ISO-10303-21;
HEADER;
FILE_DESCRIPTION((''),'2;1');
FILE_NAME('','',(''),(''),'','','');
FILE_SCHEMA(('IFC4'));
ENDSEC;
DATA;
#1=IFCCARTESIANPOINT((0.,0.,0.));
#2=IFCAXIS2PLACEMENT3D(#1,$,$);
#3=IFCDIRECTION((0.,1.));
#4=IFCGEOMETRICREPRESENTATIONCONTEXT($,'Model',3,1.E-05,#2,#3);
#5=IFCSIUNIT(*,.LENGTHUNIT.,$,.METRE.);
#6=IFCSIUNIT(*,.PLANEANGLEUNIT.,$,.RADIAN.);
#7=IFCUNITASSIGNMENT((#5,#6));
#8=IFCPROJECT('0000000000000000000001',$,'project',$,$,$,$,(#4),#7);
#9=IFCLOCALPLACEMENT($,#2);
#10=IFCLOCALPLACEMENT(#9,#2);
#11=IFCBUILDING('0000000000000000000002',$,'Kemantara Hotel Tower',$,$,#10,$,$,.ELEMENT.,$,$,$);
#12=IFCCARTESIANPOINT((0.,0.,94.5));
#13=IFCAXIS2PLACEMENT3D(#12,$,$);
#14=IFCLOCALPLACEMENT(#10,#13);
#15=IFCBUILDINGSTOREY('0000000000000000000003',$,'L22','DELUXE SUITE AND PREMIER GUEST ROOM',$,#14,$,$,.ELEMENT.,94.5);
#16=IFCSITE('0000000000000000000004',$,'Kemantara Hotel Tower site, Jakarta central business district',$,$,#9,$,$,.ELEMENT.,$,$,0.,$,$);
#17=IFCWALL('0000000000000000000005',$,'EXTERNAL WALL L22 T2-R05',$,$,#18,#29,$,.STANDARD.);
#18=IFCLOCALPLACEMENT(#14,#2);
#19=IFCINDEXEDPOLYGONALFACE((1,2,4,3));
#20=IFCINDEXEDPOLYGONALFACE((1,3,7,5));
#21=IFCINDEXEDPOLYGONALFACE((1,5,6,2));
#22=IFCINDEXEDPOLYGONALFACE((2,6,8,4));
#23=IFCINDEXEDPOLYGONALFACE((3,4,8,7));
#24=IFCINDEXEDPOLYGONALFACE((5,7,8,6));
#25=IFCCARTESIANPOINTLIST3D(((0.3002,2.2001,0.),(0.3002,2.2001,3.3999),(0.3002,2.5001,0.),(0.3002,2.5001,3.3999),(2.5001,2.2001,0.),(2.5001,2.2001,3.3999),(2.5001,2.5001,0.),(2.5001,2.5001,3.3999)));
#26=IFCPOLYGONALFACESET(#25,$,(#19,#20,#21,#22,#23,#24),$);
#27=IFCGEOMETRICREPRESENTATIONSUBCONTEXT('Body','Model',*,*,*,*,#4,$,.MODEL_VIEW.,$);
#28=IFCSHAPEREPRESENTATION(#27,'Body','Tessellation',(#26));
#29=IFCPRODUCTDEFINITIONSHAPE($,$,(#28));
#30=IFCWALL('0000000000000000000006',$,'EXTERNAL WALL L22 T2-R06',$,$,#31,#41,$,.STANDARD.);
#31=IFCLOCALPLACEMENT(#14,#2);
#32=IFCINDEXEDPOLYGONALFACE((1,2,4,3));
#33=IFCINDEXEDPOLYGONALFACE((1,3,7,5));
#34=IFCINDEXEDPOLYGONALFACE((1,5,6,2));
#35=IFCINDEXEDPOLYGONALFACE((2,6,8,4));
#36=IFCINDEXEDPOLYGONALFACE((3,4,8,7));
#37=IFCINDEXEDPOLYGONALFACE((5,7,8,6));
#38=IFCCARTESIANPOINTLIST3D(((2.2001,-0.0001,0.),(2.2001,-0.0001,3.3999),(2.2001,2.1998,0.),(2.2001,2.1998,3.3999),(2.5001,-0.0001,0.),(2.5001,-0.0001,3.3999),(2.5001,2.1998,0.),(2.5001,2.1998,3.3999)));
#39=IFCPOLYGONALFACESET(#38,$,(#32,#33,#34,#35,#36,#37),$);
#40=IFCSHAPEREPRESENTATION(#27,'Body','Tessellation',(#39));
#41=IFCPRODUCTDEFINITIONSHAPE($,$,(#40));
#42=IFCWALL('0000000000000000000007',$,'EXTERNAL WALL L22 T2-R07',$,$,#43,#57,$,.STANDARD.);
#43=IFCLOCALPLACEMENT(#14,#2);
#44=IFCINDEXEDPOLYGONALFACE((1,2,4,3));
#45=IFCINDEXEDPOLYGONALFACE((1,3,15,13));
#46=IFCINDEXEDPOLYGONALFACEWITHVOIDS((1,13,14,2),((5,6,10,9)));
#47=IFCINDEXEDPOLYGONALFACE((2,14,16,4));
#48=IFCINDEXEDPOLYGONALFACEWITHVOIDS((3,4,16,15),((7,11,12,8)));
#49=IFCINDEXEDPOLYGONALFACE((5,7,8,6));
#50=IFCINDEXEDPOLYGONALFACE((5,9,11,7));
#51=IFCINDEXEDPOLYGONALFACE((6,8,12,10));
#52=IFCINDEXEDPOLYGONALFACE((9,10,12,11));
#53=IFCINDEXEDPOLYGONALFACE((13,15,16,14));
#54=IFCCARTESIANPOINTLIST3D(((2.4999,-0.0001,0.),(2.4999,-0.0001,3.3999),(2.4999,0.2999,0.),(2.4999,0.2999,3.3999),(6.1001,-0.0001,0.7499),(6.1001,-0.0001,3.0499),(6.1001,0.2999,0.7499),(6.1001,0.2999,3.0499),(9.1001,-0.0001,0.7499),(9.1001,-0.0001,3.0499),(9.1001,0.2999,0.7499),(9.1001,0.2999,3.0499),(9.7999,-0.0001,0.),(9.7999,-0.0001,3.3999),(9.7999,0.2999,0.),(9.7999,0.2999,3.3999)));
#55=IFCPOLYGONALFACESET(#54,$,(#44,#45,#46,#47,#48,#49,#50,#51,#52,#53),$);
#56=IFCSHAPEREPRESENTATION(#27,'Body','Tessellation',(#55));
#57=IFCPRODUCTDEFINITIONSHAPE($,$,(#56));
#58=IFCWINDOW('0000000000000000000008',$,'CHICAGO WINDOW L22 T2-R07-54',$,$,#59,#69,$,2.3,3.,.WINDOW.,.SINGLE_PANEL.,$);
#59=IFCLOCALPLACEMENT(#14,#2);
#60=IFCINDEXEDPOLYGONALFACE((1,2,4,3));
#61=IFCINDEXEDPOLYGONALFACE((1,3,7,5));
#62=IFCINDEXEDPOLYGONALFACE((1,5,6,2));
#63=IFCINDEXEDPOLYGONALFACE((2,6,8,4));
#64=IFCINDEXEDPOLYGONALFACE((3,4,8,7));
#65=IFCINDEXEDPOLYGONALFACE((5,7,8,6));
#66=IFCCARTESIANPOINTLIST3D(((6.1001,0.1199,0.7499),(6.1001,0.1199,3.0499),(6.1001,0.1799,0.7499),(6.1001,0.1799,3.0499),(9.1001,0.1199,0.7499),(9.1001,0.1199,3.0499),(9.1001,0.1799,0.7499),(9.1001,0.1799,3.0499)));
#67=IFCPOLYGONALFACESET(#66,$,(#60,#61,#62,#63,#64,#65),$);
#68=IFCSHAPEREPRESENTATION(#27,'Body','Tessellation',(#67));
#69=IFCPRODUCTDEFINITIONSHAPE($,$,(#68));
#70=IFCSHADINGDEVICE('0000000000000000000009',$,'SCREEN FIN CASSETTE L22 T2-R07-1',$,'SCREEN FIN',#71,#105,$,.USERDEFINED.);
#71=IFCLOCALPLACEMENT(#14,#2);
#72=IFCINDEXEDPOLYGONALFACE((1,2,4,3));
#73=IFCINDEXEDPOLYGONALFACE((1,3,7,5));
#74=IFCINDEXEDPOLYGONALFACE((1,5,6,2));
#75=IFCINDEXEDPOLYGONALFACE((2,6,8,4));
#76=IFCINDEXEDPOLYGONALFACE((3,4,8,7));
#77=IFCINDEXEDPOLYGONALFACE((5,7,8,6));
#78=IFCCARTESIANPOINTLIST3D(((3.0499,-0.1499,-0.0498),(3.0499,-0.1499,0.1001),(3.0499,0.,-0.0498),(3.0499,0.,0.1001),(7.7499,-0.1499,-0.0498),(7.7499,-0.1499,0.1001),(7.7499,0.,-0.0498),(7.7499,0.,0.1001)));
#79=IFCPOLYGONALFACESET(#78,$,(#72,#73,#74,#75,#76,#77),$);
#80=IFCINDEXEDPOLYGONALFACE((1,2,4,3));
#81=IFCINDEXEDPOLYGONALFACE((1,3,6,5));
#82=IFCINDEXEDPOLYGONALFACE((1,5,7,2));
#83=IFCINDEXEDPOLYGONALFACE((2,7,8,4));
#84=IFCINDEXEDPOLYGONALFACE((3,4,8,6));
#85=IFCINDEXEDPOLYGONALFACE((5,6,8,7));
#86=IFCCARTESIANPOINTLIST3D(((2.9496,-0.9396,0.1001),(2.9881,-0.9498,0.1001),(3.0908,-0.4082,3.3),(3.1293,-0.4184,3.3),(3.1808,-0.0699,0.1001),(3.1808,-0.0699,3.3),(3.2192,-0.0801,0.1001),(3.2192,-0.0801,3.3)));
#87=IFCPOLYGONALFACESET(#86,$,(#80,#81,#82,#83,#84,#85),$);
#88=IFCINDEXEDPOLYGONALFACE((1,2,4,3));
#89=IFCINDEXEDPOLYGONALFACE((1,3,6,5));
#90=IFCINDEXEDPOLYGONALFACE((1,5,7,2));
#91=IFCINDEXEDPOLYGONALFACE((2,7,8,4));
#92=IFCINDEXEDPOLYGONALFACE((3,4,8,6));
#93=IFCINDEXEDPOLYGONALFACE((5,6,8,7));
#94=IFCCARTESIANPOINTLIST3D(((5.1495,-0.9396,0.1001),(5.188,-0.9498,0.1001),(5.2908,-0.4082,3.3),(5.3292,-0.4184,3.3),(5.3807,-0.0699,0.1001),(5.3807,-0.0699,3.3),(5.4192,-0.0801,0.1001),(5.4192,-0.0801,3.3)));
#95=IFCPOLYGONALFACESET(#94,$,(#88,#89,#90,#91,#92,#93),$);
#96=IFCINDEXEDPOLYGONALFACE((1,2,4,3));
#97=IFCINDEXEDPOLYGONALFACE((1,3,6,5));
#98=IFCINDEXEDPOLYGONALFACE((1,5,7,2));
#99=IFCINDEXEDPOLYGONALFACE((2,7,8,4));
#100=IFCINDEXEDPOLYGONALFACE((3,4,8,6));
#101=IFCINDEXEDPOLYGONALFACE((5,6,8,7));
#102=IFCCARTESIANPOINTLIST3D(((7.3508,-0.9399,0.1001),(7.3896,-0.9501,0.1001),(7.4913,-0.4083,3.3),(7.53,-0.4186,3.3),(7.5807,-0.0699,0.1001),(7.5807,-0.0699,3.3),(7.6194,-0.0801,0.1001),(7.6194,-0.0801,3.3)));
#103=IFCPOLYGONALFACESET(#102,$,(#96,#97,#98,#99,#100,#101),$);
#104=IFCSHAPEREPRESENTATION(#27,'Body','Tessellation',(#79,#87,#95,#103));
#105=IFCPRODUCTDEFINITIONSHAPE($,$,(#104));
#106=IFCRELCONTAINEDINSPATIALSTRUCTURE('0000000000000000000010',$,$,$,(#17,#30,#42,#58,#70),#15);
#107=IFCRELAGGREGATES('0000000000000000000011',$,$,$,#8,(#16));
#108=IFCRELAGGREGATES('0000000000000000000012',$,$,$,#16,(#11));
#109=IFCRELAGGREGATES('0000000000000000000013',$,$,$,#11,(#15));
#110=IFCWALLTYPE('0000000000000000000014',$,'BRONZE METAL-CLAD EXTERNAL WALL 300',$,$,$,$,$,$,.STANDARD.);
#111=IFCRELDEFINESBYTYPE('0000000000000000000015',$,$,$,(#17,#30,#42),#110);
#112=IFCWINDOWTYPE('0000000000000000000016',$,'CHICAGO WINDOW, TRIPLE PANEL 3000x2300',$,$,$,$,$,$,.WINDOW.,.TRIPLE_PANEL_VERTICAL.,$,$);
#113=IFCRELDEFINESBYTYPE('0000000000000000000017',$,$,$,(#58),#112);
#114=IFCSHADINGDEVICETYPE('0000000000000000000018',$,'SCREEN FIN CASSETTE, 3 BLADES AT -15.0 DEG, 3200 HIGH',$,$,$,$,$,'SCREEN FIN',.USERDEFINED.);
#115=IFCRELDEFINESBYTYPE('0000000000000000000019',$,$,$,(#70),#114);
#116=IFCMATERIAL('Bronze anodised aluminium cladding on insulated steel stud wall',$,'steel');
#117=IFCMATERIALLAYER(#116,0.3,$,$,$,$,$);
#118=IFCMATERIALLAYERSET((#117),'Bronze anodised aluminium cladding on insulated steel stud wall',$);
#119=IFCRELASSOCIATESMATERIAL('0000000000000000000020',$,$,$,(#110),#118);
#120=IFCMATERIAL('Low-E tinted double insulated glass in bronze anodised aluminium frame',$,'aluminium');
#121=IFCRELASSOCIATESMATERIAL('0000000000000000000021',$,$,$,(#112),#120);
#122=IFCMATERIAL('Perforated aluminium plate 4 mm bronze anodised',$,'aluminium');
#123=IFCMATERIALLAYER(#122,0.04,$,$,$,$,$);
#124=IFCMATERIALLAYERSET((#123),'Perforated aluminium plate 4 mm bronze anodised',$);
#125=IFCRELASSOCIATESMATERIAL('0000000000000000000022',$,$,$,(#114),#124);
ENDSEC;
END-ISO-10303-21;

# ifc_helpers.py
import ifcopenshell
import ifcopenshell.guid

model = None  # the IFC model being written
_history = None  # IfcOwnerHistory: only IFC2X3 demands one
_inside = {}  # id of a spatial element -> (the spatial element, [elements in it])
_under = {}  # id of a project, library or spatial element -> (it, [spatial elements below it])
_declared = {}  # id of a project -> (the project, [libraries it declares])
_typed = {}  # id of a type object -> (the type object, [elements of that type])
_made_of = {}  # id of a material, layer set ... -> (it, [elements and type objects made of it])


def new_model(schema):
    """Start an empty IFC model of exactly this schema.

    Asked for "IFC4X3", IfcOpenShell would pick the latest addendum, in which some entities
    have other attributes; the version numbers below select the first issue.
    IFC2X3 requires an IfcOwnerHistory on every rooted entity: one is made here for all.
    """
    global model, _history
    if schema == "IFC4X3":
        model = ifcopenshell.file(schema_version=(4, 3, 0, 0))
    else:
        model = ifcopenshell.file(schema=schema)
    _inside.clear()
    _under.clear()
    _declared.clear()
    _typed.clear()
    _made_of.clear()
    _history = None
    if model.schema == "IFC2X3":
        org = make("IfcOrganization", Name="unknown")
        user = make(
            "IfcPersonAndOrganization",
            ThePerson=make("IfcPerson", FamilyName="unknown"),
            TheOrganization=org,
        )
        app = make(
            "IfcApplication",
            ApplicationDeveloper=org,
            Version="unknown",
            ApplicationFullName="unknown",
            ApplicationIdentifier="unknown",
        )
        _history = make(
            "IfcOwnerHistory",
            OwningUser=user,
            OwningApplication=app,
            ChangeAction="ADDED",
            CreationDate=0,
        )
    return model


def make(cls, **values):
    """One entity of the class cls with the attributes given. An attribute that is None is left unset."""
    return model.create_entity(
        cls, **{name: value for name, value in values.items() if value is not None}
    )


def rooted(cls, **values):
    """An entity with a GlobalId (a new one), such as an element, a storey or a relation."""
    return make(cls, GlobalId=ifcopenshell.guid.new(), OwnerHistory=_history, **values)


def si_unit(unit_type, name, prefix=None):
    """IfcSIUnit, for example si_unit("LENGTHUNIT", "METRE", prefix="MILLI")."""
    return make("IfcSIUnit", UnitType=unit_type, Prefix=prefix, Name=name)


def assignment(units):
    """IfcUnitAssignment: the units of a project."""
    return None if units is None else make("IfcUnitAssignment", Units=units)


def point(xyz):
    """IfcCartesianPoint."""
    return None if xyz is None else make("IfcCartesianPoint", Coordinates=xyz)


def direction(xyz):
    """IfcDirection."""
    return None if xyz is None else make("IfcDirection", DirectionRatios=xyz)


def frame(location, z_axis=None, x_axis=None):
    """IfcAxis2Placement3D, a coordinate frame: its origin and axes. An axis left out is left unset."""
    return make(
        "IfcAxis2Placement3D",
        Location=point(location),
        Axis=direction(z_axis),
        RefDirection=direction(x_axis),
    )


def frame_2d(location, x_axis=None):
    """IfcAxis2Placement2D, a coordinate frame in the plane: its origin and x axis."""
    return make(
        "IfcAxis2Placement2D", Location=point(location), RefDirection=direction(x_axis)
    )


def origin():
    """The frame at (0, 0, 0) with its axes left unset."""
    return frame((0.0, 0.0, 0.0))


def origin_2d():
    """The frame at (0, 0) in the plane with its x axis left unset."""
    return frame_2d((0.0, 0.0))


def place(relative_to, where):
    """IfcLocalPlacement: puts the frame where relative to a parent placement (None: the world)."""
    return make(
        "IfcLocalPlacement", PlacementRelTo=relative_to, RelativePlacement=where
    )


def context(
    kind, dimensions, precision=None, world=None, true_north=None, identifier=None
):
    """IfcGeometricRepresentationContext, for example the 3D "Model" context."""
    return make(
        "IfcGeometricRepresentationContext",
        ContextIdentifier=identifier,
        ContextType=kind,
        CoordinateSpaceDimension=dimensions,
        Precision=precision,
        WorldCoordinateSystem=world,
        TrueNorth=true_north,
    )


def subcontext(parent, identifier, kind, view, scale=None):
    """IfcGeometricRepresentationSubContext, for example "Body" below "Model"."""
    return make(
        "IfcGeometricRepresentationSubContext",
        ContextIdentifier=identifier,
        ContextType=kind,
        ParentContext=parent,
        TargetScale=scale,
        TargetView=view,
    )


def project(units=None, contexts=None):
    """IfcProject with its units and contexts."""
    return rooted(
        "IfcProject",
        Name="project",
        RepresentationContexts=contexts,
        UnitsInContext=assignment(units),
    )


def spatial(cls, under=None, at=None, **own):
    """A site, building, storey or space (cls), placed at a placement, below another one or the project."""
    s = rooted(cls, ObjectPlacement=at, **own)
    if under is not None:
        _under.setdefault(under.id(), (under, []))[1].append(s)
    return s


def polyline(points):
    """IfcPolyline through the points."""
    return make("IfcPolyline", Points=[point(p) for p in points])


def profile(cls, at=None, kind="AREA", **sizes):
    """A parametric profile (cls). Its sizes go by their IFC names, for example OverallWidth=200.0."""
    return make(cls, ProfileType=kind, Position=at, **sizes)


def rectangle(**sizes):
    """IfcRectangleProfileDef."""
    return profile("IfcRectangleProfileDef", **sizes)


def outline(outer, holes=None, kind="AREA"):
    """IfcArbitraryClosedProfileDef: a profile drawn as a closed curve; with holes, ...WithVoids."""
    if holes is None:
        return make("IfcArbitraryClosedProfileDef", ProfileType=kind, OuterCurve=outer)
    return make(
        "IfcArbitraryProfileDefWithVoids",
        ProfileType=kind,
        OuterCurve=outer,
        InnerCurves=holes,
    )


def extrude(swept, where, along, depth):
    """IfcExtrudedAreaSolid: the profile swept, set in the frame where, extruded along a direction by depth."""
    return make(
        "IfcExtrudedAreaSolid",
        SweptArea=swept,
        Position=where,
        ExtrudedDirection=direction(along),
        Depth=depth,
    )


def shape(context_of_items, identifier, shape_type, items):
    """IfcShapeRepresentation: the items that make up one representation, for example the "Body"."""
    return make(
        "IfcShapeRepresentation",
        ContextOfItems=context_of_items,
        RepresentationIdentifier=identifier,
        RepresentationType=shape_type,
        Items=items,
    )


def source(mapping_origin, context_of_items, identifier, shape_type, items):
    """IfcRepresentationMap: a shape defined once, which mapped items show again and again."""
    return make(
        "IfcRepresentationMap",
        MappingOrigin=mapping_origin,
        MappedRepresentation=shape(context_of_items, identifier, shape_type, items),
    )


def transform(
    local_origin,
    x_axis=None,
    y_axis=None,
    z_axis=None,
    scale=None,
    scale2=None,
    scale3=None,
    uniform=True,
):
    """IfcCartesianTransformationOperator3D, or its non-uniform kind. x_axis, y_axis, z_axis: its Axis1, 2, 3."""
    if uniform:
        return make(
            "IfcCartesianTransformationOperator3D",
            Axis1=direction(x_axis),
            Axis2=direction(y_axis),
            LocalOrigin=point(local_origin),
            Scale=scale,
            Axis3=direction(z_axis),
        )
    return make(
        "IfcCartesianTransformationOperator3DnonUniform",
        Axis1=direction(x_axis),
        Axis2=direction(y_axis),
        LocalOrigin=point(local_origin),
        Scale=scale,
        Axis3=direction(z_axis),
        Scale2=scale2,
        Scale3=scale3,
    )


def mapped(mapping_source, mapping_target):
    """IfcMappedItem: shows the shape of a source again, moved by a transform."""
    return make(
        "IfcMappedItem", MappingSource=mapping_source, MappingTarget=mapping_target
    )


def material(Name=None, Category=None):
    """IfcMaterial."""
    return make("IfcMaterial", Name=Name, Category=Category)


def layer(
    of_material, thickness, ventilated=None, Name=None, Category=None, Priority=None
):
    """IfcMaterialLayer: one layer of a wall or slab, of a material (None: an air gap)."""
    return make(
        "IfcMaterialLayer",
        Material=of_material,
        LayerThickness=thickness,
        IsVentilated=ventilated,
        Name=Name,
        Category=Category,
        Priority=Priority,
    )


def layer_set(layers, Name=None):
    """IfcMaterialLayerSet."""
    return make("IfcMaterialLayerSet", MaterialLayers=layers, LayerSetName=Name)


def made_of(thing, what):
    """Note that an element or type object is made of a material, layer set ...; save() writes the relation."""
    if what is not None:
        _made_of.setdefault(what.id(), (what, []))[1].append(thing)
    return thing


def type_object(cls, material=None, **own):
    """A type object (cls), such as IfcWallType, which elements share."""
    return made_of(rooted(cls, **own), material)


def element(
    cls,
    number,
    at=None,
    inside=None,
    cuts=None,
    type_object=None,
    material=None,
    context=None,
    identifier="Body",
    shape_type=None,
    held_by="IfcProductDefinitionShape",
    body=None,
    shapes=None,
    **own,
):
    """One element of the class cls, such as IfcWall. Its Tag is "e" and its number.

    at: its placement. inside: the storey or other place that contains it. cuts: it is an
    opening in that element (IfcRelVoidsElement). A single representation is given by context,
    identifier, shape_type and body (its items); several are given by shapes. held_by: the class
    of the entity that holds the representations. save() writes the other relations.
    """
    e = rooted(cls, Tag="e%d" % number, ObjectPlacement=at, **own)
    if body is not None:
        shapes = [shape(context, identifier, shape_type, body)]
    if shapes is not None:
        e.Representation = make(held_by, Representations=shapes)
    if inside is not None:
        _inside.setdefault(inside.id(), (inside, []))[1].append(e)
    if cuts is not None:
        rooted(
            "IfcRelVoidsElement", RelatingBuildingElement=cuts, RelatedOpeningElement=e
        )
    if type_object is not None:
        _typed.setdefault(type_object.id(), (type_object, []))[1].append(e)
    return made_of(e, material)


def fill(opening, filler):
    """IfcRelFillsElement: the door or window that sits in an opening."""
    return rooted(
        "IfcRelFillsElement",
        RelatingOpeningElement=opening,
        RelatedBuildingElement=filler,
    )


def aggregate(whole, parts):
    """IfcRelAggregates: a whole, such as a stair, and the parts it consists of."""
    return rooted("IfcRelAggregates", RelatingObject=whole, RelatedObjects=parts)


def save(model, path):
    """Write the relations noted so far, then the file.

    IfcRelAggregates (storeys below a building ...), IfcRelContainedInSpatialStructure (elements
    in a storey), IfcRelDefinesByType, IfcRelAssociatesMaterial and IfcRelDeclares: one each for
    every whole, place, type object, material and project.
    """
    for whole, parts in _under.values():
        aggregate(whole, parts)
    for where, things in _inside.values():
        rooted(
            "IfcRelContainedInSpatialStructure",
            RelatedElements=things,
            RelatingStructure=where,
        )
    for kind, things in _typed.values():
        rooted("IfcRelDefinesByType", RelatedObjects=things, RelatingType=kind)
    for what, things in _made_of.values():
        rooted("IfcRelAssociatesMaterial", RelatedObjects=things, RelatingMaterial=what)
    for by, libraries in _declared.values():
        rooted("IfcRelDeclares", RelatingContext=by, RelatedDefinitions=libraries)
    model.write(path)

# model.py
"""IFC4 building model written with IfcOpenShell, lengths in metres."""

from ifc_helpers import new_model, si_unit, direction, frame, frame_2d, origin, origin_2d, place, context, subcontext, project, spatial, polyline, rectangle, outline, extrude, source, transform, mapped, material, layer, layer_set, type_object, element, fill, save


model = new_model("IFC4")

# Units and contexts
model_context = context("Model", 3, precision=1e-05, world=origin(), true_north=direction((0.0, 1.0)))
body_context = subcontext(model_context, "Body", "Model", "MODEL_VIEW")
ifc_project = project(units=[si_unit("LENGTHUNIT", "METRE"), si_unit("PLANEANGLEUNIT", "RADIAN")], contexts=[model_context])

# Site, building, storey
site_placement = place(None, origin())
site = spatial("IfcSite", under=ifc_project, at=site_placement, Name="Kemantara Hotel Tower site, Jakarta central business district", CompositionType="ELEMENT", RefElevation=0.0)
building_placement = place(site_placement, origin())
building = spatial("IfcBuilding", under=site, at=building_placement, Name="Kemantara Hotel Tower", CompositionType="ELEMENT")
storey_placement = place(building_placement, frame((0.0, 0.0, 94.5)))
storey = spatial("IfcBuildingStorey", under=building, at=storey_placement, Name="L22", Description="DELUXE SUITE AND PREMIER GUEST ROOM", CompositionType="ELEMENT", Elevation=94.5)

# Walls
ifc_material_1 = material(Name="Bronze anodised aluminium cladding on insulated steel stud wall", Category="steel")
ifc_layer_1 = layer(ifc_material_1, 0.3)
ifc_layer_set_1 = layer_set([ifc_layer_1], Name="Bronze anodised aluminium cladding on insulated steel stud wall")
wall_type = type_object("IfcWallType", Name="BRONZE METAL-CLAD EXTERNAL WALL 300", PredefinedType="STANDARD", material=ifc_layer_set_1)
for number, where, z_axis, x_axis, name in (
    (1, (0.3, 2.3501, 0.0), (0.0, 0.0, 1.0), (1.0, 0.0, 0.0), "EXTERNAL WALL L22 T2-R05"),
    (2, (2.3501, 2.2, 0.0), (0.0, 0.0, 1.0), (0.0, -1.0, 0.0), "EXTERNAL WALL L22 T2-R06"),
):
    element("IfcWall", number, at=place(storey_placement, frame(where, z_axis=z_axis, x_axis=x_axis)), inside=storey, type_object=wall_type, Name=name, PredefinedType="STANDARD", context=body_context, shape_type="SweptSolid", body=[
        extrude(rectangle(XDim=2.2, YDim=0.3, at=frame_2d((1.1001, 0.0))), origin(), (0.0, 0.0, 1.0), 3.3999),
    ])

# Wall, opening, window
wall_placement = place(storey_placement, frame((2.5, 0.1499, 0.0), z_axis=(0.0, 0.0, 1.0), x_axis=(1.0, 0.0, 0.0)))
wall = element("IfcWall", 3, at=wall_placement, inside=storey, type_object=wall_type, Name="EXTERNAL WALL L22 T2-R07", PredefinedType="STANDARD", context=body_context, shape_type="SweptSolid", body=[
    extrude(rectangle(XDim=7.3, YDim=0.3, at=frame_2d((3.6499, 0.0))), origin(), (0.0, 0.0, 1.0), 3.3999),
])
opening_placement = place(wall_placement, frame((3.6001, 0.0, 0.75)))
opening = element("IfcOpeningElement", 4, at=opening_placement, cuts=wall, PredefinedType="OPENING", context=body_context, shape_type="SweptSolid", body=[
    extrude(rectangle(XDim=3.0, YDim=2.3, at=frame_2d((1.5, 1.1499))), frame((0.0, 0.1599, 0.0), z_axis=(0.0, -1.0, 0.0), x_axis=(1.0, 0.0, 0.0)), (0.0, 0.0, 1.0), 0.3201),
])
ifc_material_2 = material(Name="Low-E tinted double insulated glass in bronze anodised aluminium frame", Category="aluminium")
window_type = type_object("IfcWindowType", Name="CHICAGO WINDOW, TRIPLE PANEL 3000x2300", PartitioningType="TRIPLE_PANEL_VERTICAL", PredefinedType="WINDOW", material=ifc_material_2)
window_placement = place(opening_placement, origin())
window = element("IfcWindow", 5, at=window_placement, inside=storey, type_object=window_type, Name="CHICAGO WINDOW L22 T2-R07-54", OverallHeight=2.3, OverallWidth=3.0, PartitioningType="SINGLE_PANEL", PredefinedType="WINDOW", context=body_context, shape_type="SweptSolid", body=[
    extrude(rectangle(XDim=3.0, YDim=2.3, at=frame_2d((1.5, 1.1499))), frame((0.0, 0.03, 0.0), z_axis=(0.0, -1.0, 0.0), x_axis=(1.0, 0.0, 0.0)), (0.0, 0.0, 1.0), 0.0601),
])
fill(opening, window)

# Shading device
ifc_material_3 = material(Name="Perforated aluminium plate 4 mm bronze anodised", Category="aluminium")
ifc_layer_2 = layer(ifc_material_3, 0.04)
ifc_layer_set_2 = layer_set([ifc_layer_2], Name="Perforated aluminium plate 4 mm bronze anodised")
shading_device_type = type_object("IfcShadingDeviceType", Name="SCREEN FIN CASSETTE, 3 BLADES AT -15.0 DEG, 3200 HIGH", ElementType="SCREEN FIN", PredefinedType="USERDEFINED", material=ifc_layer_set_2)
shared_shape = source(origin(), body_context, "Body", "SweptSolid", [
    extrude(rectangle(XDim=4.7, YDim=0.1499, at=origin_2d()), frame((2.2, -0.075, -0.1499), z_axis=(0.0, 0.0, 1.0), x_axis=(1.0, 0.0, 0.0)), (0.0, 0.0, 1.0), 0.1499),
    extrude(outline(polyline([(0.0, 0.0), (0.8999, 0.0), (0.3501, 3.2), (0.0, 3.2), (0.0, 0.0)])), frame((0.0193, -0.0801, 0.0), z_axis=(-0.966438, 0.256901, 0.0), x_axis=(-0.256901, -0.966438, 0.0)), (0.0, 0.0, 1.0), 0.0398),
    extrude(outline(polyline([(0.0, 0.0), (0.8999, 0.0), (0.3501, 3.2), (0.0, 3.2), (0.0, 0.0)])), frame((2.2192, -0.0801, 0.0), z_axis=(-0.966438, 0.256901, 0.0), x_axis=(-0.256901, -0.966438, 0.0)), (0.0, 0.0, 1.0), 0.0398),
    extrude(outline(polyline([(0.0, 0.0), (0.8999, 0.0), (0.3501, 3.2), (0.0, 3.2), (0.0, 0.0)])), frame((4.4194, -0.0801, 0.0), z_axis=(-0.966838, 0.255391, 0.0), x_axis=(-0.255391, -0.966838, 0.0)), (0.0, 0.0, 1.0), 0.04),
])
shading_device_placement = place(storey_placement, frame((3.2, 0.0, 0.1001), z_axis=(0.0, 0.0, 1.0), x_axis=(1.0, 0.0, 0.0)))
element("IfcShadingDevice", 6, at=shading_device_placement, inside=storey, type_object=shading_device_type, Name="SCREEN FIN CASSETTE L22 T2-R07-1", ObjectType="SCREEN FIN", PredefinedType="USERDEFINED", context=body_context, shape_type="MappedRepresentation", body=[
    mapped(shared_shape, transform((0.0, 0.0, 0.0))),
])

save(model, "model.ifc")
